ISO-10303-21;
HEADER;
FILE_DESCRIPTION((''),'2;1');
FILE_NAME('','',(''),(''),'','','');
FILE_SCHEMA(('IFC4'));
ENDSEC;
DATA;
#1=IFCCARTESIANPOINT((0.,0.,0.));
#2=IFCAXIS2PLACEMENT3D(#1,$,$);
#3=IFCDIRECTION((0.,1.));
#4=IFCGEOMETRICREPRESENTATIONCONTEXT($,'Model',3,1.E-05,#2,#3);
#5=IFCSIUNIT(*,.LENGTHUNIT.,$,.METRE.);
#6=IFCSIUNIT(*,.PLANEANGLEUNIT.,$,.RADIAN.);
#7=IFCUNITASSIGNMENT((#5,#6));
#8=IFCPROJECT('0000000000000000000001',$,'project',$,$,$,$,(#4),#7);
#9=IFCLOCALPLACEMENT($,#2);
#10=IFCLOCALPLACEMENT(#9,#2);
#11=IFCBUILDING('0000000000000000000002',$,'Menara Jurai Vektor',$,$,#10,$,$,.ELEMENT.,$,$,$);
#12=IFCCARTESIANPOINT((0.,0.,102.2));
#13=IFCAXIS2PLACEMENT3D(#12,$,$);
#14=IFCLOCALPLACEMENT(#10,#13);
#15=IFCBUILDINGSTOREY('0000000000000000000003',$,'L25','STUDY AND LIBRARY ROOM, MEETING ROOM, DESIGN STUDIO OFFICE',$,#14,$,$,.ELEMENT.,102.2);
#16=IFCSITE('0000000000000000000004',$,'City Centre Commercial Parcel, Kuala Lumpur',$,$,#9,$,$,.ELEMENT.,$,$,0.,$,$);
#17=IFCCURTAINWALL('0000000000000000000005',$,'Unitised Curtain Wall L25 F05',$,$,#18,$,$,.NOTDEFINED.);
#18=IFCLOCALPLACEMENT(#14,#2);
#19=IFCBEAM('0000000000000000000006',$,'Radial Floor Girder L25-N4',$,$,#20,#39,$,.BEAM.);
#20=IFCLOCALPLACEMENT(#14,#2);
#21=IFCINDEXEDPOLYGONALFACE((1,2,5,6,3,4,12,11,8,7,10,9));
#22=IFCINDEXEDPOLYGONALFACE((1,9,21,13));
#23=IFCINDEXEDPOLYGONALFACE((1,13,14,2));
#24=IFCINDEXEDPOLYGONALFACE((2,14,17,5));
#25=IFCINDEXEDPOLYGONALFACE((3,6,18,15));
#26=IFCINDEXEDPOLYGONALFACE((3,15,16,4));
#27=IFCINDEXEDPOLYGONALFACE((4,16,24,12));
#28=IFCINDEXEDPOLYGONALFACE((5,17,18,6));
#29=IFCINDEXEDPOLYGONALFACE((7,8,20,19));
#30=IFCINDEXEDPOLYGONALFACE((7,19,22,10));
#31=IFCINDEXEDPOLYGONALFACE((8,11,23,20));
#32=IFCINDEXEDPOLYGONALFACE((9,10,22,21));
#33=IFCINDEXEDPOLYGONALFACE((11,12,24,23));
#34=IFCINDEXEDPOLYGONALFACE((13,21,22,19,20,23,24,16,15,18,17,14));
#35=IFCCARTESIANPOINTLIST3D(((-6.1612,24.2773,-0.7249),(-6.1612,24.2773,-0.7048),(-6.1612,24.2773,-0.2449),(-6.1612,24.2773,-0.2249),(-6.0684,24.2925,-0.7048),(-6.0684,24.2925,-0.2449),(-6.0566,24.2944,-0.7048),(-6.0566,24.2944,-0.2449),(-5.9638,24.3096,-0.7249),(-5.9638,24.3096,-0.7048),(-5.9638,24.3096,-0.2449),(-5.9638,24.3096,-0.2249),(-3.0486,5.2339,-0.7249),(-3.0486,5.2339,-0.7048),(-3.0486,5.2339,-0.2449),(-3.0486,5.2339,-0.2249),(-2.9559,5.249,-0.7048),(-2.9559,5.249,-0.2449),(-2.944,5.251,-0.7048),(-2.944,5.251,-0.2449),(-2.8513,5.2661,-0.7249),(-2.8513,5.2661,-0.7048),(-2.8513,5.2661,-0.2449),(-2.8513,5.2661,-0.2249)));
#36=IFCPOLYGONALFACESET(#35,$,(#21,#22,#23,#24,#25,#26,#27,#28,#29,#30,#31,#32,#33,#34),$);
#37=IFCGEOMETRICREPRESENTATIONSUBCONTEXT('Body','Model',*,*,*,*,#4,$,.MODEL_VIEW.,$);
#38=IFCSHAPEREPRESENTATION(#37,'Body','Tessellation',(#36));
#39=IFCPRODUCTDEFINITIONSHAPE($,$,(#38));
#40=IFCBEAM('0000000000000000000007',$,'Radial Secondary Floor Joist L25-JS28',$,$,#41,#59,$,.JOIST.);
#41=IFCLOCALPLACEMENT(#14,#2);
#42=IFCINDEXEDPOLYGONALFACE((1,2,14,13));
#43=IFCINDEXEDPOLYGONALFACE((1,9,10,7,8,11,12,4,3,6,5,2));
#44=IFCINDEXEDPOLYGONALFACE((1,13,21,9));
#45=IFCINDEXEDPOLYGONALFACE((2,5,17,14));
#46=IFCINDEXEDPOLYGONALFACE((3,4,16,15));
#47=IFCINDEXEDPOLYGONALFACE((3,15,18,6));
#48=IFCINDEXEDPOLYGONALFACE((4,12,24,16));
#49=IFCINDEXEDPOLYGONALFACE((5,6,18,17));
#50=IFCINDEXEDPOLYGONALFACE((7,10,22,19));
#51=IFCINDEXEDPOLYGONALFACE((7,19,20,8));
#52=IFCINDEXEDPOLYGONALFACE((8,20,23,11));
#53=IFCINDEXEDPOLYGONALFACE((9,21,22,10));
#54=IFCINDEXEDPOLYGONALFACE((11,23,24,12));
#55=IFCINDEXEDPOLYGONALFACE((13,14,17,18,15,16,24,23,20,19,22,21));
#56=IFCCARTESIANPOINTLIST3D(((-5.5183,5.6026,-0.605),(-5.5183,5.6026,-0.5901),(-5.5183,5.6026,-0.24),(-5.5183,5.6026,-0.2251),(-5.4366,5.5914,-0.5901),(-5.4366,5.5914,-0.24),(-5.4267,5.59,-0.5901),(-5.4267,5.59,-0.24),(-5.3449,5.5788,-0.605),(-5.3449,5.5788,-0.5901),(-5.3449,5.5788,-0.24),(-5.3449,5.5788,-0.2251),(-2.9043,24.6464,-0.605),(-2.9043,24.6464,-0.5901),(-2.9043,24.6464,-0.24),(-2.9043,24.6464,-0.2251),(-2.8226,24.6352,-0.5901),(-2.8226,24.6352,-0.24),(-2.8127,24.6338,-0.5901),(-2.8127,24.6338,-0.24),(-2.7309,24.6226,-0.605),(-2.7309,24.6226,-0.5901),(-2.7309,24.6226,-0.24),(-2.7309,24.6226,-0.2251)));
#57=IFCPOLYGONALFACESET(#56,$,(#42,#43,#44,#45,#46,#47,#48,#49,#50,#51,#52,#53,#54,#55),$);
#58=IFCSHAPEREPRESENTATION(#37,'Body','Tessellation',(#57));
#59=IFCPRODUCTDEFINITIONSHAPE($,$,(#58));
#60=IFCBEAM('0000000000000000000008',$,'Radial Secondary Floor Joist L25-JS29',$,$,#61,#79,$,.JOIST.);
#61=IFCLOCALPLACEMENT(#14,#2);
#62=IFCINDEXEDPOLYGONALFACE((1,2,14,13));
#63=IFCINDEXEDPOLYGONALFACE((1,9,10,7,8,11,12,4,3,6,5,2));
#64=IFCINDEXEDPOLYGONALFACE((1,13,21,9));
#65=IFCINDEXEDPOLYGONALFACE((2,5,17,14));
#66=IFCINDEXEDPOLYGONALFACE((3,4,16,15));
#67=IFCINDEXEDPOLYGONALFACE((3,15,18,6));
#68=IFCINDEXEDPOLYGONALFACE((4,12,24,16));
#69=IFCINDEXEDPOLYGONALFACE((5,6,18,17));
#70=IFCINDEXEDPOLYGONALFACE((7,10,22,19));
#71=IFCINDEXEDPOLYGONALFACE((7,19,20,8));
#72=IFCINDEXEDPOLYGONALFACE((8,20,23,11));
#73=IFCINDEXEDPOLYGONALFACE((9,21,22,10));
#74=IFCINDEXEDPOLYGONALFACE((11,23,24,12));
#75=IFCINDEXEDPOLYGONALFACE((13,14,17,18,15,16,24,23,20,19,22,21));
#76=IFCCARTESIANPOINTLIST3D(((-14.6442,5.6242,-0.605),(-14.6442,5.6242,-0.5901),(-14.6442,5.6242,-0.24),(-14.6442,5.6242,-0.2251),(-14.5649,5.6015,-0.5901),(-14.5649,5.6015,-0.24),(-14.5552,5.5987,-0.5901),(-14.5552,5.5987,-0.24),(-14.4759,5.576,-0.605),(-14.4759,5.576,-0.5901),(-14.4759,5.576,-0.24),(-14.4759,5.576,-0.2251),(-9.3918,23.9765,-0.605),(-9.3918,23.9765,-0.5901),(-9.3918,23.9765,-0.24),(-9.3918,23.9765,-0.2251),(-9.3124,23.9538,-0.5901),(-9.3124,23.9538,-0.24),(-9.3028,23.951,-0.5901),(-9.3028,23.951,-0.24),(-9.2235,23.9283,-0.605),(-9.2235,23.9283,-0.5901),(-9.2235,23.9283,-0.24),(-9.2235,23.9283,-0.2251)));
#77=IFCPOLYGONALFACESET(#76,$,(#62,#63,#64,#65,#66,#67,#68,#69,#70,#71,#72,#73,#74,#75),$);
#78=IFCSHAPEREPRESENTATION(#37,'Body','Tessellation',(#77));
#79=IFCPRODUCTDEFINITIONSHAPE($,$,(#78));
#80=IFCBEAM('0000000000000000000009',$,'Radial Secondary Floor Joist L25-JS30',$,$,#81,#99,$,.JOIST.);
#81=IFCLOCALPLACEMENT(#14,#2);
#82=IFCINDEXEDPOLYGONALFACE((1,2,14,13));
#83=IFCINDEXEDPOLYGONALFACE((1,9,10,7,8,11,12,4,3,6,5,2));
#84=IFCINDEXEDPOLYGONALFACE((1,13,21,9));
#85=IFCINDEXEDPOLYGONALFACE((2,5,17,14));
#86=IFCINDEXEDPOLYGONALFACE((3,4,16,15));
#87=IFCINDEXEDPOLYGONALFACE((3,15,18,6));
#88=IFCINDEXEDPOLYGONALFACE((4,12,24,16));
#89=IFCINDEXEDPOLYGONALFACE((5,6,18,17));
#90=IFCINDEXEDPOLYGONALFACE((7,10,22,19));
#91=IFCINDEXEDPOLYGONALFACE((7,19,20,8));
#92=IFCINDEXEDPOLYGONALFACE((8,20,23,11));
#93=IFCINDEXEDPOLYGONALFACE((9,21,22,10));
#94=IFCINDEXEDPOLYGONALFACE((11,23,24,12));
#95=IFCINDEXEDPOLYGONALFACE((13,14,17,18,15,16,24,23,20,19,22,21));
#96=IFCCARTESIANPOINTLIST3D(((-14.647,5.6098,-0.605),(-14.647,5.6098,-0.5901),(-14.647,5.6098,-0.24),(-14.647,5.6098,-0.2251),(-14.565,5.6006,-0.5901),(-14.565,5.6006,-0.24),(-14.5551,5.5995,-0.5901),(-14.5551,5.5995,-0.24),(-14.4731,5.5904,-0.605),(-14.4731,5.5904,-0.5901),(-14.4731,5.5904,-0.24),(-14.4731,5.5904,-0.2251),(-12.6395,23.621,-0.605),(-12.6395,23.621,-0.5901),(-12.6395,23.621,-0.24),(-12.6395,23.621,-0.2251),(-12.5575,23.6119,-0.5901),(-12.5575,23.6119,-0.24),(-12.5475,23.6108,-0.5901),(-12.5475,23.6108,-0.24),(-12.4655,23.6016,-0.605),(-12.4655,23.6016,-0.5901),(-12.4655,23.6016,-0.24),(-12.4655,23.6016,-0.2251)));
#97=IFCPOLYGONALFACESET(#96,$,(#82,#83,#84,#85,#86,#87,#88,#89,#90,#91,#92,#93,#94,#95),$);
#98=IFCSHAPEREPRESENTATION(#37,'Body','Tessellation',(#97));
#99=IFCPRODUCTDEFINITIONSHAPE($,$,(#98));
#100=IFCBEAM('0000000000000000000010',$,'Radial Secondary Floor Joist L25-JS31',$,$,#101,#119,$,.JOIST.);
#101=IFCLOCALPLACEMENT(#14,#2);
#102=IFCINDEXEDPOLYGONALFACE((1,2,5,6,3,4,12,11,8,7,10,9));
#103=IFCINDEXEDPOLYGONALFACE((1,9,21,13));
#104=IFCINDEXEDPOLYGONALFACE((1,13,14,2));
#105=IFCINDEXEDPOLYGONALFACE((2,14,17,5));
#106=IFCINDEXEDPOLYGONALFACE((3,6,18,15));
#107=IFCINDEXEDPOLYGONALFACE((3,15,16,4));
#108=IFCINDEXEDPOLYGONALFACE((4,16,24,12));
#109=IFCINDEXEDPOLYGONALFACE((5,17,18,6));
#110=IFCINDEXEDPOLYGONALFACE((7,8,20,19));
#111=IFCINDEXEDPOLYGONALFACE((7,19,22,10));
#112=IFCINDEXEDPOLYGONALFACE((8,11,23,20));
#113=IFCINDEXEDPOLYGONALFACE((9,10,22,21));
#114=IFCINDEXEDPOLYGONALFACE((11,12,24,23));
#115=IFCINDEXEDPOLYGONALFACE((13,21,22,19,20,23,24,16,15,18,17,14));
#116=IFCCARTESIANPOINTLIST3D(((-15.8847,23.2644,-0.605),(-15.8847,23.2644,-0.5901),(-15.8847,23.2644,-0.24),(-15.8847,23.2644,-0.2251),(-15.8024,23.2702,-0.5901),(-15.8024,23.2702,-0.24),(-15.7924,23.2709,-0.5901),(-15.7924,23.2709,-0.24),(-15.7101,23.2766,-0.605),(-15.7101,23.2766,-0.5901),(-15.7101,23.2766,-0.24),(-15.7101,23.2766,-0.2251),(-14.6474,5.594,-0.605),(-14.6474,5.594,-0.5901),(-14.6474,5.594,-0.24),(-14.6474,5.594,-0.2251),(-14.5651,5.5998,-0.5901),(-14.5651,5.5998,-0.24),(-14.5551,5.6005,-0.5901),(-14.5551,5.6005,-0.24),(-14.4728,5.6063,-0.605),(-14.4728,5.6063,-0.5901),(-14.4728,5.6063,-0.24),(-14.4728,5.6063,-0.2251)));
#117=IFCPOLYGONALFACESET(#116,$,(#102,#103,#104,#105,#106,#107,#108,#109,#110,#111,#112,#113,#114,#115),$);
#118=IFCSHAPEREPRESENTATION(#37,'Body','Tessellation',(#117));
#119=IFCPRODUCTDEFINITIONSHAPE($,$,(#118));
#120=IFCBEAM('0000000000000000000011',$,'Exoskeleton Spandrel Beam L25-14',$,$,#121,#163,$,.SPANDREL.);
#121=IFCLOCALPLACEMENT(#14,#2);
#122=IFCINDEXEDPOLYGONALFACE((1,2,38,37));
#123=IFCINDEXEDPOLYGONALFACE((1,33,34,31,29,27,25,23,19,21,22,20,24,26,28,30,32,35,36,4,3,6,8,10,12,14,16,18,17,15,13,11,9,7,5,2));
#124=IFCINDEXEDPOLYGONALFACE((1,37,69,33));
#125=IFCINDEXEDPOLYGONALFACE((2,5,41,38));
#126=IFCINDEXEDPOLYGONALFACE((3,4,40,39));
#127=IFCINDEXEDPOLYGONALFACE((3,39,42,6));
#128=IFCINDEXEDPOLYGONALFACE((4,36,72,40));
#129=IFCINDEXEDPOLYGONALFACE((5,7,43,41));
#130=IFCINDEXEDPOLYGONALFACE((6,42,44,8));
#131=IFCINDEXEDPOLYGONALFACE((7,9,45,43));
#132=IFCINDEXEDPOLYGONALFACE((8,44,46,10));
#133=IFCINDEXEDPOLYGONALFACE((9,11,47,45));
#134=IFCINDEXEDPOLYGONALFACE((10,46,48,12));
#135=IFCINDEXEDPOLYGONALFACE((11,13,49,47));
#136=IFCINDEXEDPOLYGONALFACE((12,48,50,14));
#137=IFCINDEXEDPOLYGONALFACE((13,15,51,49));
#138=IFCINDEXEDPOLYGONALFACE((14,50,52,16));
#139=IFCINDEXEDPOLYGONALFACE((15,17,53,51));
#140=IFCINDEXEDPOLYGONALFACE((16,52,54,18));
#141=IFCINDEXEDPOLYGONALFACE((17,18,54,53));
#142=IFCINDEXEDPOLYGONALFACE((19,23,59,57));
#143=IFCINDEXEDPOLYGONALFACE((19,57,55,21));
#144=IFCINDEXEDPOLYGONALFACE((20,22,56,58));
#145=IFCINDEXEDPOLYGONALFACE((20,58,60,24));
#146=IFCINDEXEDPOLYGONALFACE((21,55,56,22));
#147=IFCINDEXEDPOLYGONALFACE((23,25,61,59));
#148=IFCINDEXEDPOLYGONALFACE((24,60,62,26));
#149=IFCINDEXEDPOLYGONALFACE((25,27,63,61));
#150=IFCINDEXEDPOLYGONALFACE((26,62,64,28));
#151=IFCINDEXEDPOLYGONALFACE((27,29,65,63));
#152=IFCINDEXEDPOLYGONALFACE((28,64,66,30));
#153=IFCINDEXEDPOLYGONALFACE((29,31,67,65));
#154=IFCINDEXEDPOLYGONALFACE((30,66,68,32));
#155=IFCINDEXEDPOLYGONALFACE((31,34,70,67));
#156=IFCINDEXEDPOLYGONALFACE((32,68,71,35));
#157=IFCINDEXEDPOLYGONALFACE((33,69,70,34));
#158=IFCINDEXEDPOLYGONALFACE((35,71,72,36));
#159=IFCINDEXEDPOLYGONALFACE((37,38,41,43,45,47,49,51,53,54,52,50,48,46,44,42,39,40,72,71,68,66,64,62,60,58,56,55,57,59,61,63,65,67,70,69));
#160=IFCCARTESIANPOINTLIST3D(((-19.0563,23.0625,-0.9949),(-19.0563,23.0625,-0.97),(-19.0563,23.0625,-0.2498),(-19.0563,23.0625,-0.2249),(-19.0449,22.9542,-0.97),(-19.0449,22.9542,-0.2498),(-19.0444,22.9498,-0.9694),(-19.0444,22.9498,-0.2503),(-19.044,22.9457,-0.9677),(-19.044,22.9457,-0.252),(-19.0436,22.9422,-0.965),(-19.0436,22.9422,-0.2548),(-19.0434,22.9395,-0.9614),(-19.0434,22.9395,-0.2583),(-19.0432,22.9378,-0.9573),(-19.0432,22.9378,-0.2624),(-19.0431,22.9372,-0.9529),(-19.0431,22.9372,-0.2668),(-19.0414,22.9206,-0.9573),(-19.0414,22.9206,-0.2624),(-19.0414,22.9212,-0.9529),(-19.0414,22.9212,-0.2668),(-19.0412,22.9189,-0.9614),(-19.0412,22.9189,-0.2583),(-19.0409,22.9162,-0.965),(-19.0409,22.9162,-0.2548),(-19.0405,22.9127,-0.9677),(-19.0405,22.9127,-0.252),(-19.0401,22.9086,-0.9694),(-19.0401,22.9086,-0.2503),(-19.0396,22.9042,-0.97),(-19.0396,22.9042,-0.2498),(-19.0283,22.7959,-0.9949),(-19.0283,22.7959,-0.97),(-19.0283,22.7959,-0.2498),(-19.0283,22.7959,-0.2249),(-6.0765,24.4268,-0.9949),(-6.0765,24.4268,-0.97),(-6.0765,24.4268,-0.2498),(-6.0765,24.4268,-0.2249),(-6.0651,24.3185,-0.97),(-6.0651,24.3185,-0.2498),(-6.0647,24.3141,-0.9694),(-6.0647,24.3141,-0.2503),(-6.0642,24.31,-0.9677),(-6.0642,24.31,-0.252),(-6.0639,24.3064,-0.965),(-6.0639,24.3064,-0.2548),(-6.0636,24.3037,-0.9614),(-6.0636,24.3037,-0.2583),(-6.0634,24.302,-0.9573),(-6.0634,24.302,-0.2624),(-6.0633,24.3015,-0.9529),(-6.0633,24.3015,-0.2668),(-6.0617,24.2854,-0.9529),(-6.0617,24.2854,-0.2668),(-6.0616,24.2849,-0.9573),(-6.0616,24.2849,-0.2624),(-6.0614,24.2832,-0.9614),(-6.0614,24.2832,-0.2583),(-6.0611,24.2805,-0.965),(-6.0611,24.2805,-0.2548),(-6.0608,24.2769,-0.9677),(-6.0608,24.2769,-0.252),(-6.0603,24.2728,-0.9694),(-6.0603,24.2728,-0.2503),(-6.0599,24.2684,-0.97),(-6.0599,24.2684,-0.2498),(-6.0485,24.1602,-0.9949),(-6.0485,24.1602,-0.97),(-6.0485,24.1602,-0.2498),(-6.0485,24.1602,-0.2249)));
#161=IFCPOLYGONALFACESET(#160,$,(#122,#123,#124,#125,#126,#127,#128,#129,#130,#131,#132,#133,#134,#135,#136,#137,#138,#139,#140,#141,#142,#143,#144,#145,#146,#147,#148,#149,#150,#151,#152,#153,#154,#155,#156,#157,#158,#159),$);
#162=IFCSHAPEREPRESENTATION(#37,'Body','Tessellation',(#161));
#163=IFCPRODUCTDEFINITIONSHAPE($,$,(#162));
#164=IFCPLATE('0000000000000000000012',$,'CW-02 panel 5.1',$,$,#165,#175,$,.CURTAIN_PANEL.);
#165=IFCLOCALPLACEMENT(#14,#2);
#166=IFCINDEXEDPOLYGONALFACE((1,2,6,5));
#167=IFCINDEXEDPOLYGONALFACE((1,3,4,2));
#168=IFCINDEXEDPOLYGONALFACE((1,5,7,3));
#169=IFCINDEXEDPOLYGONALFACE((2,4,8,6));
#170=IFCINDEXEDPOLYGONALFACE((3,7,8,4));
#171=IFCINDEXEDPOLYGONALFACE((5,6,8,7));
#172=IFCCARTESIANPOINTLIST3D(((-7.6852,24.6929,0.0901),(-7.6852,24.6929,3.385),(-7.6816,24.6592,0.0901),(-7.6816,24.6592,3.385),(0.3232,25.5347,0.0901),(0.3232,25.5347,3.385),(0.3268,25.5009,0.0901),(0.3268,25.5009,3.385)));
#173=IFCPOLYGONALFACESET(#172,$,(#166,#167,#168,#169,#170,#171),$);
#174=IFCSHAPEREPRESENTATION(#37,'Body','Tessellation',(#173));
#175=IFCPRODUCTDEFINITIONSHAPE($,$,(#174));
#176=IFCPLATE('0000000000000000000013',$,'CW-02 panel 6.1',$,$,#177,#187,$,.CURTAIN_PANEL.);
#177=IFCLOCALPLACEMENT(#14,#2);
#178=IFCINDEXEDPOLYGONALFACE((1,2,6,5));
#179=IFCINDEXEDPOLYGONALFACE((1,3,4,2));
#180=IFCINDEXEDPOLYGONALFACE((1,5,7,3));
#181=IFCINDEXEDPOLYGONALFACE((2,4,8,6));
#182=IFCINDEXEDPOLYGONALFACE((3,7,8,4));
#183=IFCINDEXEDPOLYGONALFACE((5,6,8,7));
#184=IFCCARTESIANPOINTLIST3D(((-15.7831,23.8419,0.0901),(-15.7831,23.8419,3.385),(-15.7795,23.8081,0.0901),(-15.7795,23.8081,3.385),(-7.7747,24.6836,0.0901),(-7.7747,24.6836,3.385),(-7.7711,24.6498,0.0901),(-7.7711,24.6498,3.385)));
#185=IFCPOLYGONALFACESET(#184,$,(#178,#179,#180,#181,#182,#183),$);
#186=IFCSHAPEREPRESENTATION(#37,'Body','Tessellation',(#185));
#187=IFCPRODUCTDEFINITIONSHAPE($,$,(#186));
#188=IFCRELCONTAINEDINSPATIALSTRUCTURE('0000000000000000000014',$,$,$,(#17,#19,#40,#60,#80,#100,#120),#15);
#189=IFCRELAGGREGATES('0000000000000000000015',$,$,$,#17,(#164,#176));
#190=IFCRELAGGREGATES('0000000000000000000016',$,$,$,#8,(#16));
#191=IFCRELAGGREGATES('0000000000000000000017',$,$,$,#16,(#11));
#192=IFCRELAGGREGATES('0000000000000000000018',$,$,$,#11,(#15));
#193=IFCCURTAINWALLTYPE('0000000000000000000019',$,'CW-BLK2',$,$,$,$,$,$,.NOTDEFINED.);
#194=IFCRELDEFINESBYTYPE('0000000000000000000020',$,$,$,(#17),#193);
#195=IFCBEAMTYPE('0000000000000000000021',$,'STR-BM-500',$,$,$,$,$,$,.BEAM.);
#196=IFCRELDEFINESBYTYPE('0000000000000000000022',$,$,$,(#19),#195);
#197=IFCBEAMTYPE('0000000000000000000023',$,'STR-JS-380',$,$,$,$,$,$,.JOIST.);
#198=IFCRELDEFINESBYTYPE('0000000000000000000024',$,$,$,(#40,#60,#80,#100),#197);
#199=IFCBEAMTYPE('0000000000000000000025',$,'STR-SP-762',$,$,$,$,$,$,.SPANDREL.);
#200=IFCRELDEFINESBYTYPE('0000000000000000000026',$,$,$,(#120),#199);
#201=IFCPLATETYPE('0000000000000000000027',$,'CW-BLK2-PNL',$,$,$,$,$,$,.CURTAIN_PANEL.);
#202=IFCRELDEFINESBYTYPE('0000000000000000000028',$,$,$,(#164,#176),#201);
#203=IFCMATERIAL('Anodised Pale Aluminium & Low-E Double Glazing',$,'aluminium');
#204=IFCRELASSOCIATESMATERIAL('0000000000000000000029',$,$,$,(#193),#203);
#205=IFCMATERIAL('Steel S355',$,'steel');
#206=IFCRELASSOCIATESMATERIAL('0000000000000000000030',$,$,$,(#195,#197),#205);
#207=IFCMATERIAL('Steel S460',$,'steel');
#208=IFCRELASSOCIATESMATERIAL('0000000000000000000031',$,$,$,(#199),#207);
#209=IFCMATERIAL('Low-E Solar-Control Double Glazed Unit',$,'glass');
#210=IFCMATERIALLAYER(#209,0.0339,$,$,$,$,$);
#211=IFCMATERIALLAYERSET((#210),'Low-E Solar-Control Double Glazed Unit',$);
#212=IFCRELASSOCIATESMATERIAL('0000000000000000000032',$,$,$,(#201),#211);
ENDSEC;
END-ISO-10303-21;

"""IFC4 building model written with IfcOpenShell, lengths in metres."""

from ifc_helpers import new_model, si_unit, direction, frame, origin, origin_2d, place, context, subcontext, project, spatial, rectangle, i_section, extrude, material, layer, layer_set, material_profile, profile_set, type_object, element, aggregate, save


model = new_model("IFC4")

# Units and contexts
model_context = context("Model", 3, precision=1e-05, world=origin(), true_north=direction((0.0, 1.0)))
body_context = subcontext(model_context, "Body", "Model", "MODEL_VIEW")
ifc_project = project(units=[si_unit("LENGTHUNIT", "METRE"), si_unit("PLANEANGLEUNIT", "RADIAN")], contexts=[model_context])

# Site, building, storey
site_placement = place(None, origin())
site = spatial("IfcSite", under=ifc_project, at=site_placement, Name="City Centre Commercial Parcel, Kuala Lumpur", CompositionType="ELEMENT", RefElevation=0.0)
building_placement = place(site_placement, origin())
building = spatial("IfcBuilding", under=site, at=building_placement, Name="Menara Jurai Vektor", CompositionType="ELEMENT")
storey_placement = place(building_placement, frame((0.0, 0.0, 102.2)))
storey = spatial("IfcBuildingStorey", under=building, at=storey_placement, Name="L25", Description="STUDY AND LIBRARY ROOM, MEETING ROOM, DESIGN STUDIO OFFICE", CompositionType="ELEMENT", Elevation=102.2)

# Shared definitions
ifc_material_1 = material(Name="Steel S355", Category="steel")
ifc_material_2 = material(Name="Steel S460", Category="steel")

# Curtain wall
ifc_material_3 = material(Name="Anodised Pale Aluminium & Low-E Double Glazing", Category="aluminium")
curtain_wall_type = type_object("IfcCurtainWallType", Name="CW-BLK2", PredefinedType="NOTDEFINED", material=ifc_material_3)
curtain_wall_placement = place(storey_placement, origin())
curtain_wall = element("IfcCurtainWall", 1, at=curtain_wall_placement, inside=storey, type_object=curtain_wall_type, Name="Unitised Curtain Wall L25 F05", PredefinedType="NOTDEFINED")

# Beams
ifc_material_profile_1 = material_profile(ifc_material_1, i_section(OverallWidth=0.2, OverallDepth=0.5, WebThickness=0.012, FlangeThickness=0.02, at=origin_2d()), Name="PG 500x200x96")
ifc_profile_set_1 = profile_set([ifc_material_profile_1], Name="Steel S355")
beam_type_1 = type_object("IfcBeamType", Name="STR-BM-500", PredefinedType="BEAM", material=ifc_profile_set_1)
beam_1_placement = place(storey_placement, frame((-6.0625, 24.2935, -0.4749), z_axis=(0.161304, -0.986905, 0.0), x_axis=(0.986905, 0.161304, 0.0)))
element("IfcBeam", 2, at=beam_1_placement, inside=storey, type_object=beam_type_1, Name="Radial Floor Girder L25-N4", PredefinedType="BEAM", context=body_context, shape_type="SweptSolid", body=[
    extrude(i_section(OverallWidth=0.2, OverallDepth=0.5, WebThickness=0.012, FlangeThickness=0.02, at=origin_2d()), origin(), (0.0, 0.0, 1.0), 19.2961),
])
ifc_material_profile_2 = material_profile(ifc_material_1, i_section(OverallWidth=0.175, OverallDepth=0.3799, WebThickness=0.01, FlangeThickness=0.0149, at=origin_2d()), Name="PG 380x175x58")
ifc_profile_set_2 = profile_set([ifc_material_profile_2], Name="Steel S355")
beam_type_2 = type_object("IfcBeamType", Name="STR-JS-380", PredefinedType="JOIST", material=ifc_profile_set_2)
beam_2_placement = place(storey_placement, frame((-2.8176, 24.6345, -0.415), z_axis=(-0.135987, -0.990711, 0.0), x_axis=(0.990711, -0.135987, 0.0)))
element("IfcBeam", 3, at=beam_2_placement, inside=storey, type_object=beam_type_2, Name="Radial Secondary Floor Joist L25-JS28", PredefinedType="JOIST", context=body_context, shape_type="SweptSolid", body=[
    extrude(i_section(OverallWidth=0.175, OverallDepth=0.3799, WebThickness=0.01, FlangeThickness=0.0149, at=origin_2d()), origin(), (0.0, 0.0, 1.0), 19.2224),
])
beam_3_placement = place(storey_placement, frame((-9.3076, 23.9524, -0.415), z_axis=(-0.275154, -0.9614, 0.0), x_axis=(0.9614, -0.275154, 0.0)))
element("IfcBeam", 4, at=beam_3_placement, inside=storey, type_object=beam_type_2, Name="Radial Secondary Floor Joist L25-JS29", PredefinedType="JOIST", context=body_context, shape_type="SweptSolid", body=[
    extrude(i_section(OverallWidth=0.175, OverallDepth=0.3799, WebThickness=0.01, FlangeThickness=0.0149, at=origin_2d()), origin(), (0.0, 0.0, 1.0), 19.0891),
])
beam_4_placement = place(storey_placement, frame((-12.5525, 23.6113, -0.415), z_axis=(-0.110776, -0.993845, 0.0), x_axis=(0.993845, -0.110776, 0.0)))
element("IfcBeam", 5, at=beam_4_placement, inside=storey, type_object=beam_type_2, Name="Radial Secondary Floor Joist L25-JS30", PredefinedType="JOIST", context=body_context, shape_type="SweptSolid", body=[
    extrude(i_section(OverallWidth=0.175, OverallDepth=0.3799, WebThickness=0.01, FlangeThickness=0.0149, at=origin_2d()), origin(), (0.0, 0.0, 1.0), 18.1228),
])
beam_5_placement = place(storey_placement, frame((-15.7974, 23.2705, -0.415), z_axis=(0.06985, -0.997557, 0.0), x_axis=(0.997557, 0.06985, 0.0)))
element("IfcBeam", 6, at=beam_5_placement, inside=storey, type_object=beam_type_2, Name="Radial Secondary Floor Joist L25-JS31", PredefinedType="JOIST", context=body_context, shape_type="SweptSolid", body=[
    extrude(i_section(OverallWidth=0.175, OverallDepth=0.3799, WebThickness=0.01, FlangeThickness=0.0149, at=origin_2d()), origin(), (0.0, 0.0, 1.0), 17.7136),
])
ifc_material_profile_3 = material_profile(ifc_material_2, i_section(OverallWidth=0.2681, OverallDepth=0.77, WebThickness=0.0161, FlangeThickness=0.0249, FilletRadius=0.0171, at=origin_2d()), Name="UKB 762x267x197")
ifc_profile_set_3 = profile_set([ifc_material_profile_3], Name="Steel S460")
beam_type_3 = type_object("IfcBeamType", Name="STR-SP-762", PredefinedType="SPANDREL", material=ifc_profile_set_3)
beam_6_placement = place(storey_placement, frame((-6.0625, 24.2935, -0.6099), z_axis=(-0.994522, -0.104531, 0.0), x_axis=(0.104531, -0.994522, 0.0)))
element("IfcBeam", 7, at=beam_6_placement, inside=storey, type_object=beam_type_3, Name="Exoskeleton Spandrel Beam L25-14", PredefinedType="SPANDREL", context=body_context, shape_type="SweptSolid", body=[
    extrude(i_section(OverallWidth=0.2681, OverallDepth=0.77, WebThickness=0.0161, FlangeThickness=0.0249, FilletRadius=0.0171, at=origin_2d()), origin(), (0.0, 0.0, 1.0), 13.0513),
])

# Plates
ifc_material_4 = material(Name="Low-E Solar-Control Double Glazed Unit", Category="glass")
ifc_layer_1 = layer(ifc_material_4, 0.0339)
ifc_layer_set_1 = layer_set([ifc_layer_1], Name="Low-E Solar-Control Double Glazed Unit")
plate_type_1 = type_object("IfcPlateType", Name="CW-BLK2-PNL", PredefinedType="CURTAIN_PANEL", material=ifc_layer_set_1)
plate_1_placement = place(storey_placement, frame((-3.6792, 25.0969, 0.0901), z_axis=(0.0, 0.0, 1.0), x_axis=(-0.994522, -0.104529, 0.0)))
plate_1 = element("IfcPlate", 8, at=plate_1_placement, type_object=plate_type_1, Name="CW-02 panel 5.1", PredefinedType="CURTAIN_PANEL", context=body_context, shape_type="SweptSolid", body=[
    extrude(rectangle(XDim=8.0525, YDim=0.0339, at=origin_2d()), origin(), (0.0, 0.0, 1.0), 3.2949),
])
plate_2_placement = place(storey_placement, frame((-11.7771, 24.2458, 0.0901), z_axis=(0.0, 0.0, 1.0), x_axis=(-0.994522, -0.104529, 0.0)))
plate_2 = element("IfcPlate", 9, at=plate_2_placement, type_object=plate_type_1, Name="CW-02 panel 6.1", PredefinedType="CURTAIN_PANEL", context=body_context, shape_type="SweptSolid", body=[
    extrude(rectangle(XDim=8.0525, YDim=0.0339, at=origin_2d()), origin(), (0.0, 0.0, 1.0), 3.2949),
])
aggregate(curtain_wall, [plate_1, plate_2])

save(model, "model.ifc")
